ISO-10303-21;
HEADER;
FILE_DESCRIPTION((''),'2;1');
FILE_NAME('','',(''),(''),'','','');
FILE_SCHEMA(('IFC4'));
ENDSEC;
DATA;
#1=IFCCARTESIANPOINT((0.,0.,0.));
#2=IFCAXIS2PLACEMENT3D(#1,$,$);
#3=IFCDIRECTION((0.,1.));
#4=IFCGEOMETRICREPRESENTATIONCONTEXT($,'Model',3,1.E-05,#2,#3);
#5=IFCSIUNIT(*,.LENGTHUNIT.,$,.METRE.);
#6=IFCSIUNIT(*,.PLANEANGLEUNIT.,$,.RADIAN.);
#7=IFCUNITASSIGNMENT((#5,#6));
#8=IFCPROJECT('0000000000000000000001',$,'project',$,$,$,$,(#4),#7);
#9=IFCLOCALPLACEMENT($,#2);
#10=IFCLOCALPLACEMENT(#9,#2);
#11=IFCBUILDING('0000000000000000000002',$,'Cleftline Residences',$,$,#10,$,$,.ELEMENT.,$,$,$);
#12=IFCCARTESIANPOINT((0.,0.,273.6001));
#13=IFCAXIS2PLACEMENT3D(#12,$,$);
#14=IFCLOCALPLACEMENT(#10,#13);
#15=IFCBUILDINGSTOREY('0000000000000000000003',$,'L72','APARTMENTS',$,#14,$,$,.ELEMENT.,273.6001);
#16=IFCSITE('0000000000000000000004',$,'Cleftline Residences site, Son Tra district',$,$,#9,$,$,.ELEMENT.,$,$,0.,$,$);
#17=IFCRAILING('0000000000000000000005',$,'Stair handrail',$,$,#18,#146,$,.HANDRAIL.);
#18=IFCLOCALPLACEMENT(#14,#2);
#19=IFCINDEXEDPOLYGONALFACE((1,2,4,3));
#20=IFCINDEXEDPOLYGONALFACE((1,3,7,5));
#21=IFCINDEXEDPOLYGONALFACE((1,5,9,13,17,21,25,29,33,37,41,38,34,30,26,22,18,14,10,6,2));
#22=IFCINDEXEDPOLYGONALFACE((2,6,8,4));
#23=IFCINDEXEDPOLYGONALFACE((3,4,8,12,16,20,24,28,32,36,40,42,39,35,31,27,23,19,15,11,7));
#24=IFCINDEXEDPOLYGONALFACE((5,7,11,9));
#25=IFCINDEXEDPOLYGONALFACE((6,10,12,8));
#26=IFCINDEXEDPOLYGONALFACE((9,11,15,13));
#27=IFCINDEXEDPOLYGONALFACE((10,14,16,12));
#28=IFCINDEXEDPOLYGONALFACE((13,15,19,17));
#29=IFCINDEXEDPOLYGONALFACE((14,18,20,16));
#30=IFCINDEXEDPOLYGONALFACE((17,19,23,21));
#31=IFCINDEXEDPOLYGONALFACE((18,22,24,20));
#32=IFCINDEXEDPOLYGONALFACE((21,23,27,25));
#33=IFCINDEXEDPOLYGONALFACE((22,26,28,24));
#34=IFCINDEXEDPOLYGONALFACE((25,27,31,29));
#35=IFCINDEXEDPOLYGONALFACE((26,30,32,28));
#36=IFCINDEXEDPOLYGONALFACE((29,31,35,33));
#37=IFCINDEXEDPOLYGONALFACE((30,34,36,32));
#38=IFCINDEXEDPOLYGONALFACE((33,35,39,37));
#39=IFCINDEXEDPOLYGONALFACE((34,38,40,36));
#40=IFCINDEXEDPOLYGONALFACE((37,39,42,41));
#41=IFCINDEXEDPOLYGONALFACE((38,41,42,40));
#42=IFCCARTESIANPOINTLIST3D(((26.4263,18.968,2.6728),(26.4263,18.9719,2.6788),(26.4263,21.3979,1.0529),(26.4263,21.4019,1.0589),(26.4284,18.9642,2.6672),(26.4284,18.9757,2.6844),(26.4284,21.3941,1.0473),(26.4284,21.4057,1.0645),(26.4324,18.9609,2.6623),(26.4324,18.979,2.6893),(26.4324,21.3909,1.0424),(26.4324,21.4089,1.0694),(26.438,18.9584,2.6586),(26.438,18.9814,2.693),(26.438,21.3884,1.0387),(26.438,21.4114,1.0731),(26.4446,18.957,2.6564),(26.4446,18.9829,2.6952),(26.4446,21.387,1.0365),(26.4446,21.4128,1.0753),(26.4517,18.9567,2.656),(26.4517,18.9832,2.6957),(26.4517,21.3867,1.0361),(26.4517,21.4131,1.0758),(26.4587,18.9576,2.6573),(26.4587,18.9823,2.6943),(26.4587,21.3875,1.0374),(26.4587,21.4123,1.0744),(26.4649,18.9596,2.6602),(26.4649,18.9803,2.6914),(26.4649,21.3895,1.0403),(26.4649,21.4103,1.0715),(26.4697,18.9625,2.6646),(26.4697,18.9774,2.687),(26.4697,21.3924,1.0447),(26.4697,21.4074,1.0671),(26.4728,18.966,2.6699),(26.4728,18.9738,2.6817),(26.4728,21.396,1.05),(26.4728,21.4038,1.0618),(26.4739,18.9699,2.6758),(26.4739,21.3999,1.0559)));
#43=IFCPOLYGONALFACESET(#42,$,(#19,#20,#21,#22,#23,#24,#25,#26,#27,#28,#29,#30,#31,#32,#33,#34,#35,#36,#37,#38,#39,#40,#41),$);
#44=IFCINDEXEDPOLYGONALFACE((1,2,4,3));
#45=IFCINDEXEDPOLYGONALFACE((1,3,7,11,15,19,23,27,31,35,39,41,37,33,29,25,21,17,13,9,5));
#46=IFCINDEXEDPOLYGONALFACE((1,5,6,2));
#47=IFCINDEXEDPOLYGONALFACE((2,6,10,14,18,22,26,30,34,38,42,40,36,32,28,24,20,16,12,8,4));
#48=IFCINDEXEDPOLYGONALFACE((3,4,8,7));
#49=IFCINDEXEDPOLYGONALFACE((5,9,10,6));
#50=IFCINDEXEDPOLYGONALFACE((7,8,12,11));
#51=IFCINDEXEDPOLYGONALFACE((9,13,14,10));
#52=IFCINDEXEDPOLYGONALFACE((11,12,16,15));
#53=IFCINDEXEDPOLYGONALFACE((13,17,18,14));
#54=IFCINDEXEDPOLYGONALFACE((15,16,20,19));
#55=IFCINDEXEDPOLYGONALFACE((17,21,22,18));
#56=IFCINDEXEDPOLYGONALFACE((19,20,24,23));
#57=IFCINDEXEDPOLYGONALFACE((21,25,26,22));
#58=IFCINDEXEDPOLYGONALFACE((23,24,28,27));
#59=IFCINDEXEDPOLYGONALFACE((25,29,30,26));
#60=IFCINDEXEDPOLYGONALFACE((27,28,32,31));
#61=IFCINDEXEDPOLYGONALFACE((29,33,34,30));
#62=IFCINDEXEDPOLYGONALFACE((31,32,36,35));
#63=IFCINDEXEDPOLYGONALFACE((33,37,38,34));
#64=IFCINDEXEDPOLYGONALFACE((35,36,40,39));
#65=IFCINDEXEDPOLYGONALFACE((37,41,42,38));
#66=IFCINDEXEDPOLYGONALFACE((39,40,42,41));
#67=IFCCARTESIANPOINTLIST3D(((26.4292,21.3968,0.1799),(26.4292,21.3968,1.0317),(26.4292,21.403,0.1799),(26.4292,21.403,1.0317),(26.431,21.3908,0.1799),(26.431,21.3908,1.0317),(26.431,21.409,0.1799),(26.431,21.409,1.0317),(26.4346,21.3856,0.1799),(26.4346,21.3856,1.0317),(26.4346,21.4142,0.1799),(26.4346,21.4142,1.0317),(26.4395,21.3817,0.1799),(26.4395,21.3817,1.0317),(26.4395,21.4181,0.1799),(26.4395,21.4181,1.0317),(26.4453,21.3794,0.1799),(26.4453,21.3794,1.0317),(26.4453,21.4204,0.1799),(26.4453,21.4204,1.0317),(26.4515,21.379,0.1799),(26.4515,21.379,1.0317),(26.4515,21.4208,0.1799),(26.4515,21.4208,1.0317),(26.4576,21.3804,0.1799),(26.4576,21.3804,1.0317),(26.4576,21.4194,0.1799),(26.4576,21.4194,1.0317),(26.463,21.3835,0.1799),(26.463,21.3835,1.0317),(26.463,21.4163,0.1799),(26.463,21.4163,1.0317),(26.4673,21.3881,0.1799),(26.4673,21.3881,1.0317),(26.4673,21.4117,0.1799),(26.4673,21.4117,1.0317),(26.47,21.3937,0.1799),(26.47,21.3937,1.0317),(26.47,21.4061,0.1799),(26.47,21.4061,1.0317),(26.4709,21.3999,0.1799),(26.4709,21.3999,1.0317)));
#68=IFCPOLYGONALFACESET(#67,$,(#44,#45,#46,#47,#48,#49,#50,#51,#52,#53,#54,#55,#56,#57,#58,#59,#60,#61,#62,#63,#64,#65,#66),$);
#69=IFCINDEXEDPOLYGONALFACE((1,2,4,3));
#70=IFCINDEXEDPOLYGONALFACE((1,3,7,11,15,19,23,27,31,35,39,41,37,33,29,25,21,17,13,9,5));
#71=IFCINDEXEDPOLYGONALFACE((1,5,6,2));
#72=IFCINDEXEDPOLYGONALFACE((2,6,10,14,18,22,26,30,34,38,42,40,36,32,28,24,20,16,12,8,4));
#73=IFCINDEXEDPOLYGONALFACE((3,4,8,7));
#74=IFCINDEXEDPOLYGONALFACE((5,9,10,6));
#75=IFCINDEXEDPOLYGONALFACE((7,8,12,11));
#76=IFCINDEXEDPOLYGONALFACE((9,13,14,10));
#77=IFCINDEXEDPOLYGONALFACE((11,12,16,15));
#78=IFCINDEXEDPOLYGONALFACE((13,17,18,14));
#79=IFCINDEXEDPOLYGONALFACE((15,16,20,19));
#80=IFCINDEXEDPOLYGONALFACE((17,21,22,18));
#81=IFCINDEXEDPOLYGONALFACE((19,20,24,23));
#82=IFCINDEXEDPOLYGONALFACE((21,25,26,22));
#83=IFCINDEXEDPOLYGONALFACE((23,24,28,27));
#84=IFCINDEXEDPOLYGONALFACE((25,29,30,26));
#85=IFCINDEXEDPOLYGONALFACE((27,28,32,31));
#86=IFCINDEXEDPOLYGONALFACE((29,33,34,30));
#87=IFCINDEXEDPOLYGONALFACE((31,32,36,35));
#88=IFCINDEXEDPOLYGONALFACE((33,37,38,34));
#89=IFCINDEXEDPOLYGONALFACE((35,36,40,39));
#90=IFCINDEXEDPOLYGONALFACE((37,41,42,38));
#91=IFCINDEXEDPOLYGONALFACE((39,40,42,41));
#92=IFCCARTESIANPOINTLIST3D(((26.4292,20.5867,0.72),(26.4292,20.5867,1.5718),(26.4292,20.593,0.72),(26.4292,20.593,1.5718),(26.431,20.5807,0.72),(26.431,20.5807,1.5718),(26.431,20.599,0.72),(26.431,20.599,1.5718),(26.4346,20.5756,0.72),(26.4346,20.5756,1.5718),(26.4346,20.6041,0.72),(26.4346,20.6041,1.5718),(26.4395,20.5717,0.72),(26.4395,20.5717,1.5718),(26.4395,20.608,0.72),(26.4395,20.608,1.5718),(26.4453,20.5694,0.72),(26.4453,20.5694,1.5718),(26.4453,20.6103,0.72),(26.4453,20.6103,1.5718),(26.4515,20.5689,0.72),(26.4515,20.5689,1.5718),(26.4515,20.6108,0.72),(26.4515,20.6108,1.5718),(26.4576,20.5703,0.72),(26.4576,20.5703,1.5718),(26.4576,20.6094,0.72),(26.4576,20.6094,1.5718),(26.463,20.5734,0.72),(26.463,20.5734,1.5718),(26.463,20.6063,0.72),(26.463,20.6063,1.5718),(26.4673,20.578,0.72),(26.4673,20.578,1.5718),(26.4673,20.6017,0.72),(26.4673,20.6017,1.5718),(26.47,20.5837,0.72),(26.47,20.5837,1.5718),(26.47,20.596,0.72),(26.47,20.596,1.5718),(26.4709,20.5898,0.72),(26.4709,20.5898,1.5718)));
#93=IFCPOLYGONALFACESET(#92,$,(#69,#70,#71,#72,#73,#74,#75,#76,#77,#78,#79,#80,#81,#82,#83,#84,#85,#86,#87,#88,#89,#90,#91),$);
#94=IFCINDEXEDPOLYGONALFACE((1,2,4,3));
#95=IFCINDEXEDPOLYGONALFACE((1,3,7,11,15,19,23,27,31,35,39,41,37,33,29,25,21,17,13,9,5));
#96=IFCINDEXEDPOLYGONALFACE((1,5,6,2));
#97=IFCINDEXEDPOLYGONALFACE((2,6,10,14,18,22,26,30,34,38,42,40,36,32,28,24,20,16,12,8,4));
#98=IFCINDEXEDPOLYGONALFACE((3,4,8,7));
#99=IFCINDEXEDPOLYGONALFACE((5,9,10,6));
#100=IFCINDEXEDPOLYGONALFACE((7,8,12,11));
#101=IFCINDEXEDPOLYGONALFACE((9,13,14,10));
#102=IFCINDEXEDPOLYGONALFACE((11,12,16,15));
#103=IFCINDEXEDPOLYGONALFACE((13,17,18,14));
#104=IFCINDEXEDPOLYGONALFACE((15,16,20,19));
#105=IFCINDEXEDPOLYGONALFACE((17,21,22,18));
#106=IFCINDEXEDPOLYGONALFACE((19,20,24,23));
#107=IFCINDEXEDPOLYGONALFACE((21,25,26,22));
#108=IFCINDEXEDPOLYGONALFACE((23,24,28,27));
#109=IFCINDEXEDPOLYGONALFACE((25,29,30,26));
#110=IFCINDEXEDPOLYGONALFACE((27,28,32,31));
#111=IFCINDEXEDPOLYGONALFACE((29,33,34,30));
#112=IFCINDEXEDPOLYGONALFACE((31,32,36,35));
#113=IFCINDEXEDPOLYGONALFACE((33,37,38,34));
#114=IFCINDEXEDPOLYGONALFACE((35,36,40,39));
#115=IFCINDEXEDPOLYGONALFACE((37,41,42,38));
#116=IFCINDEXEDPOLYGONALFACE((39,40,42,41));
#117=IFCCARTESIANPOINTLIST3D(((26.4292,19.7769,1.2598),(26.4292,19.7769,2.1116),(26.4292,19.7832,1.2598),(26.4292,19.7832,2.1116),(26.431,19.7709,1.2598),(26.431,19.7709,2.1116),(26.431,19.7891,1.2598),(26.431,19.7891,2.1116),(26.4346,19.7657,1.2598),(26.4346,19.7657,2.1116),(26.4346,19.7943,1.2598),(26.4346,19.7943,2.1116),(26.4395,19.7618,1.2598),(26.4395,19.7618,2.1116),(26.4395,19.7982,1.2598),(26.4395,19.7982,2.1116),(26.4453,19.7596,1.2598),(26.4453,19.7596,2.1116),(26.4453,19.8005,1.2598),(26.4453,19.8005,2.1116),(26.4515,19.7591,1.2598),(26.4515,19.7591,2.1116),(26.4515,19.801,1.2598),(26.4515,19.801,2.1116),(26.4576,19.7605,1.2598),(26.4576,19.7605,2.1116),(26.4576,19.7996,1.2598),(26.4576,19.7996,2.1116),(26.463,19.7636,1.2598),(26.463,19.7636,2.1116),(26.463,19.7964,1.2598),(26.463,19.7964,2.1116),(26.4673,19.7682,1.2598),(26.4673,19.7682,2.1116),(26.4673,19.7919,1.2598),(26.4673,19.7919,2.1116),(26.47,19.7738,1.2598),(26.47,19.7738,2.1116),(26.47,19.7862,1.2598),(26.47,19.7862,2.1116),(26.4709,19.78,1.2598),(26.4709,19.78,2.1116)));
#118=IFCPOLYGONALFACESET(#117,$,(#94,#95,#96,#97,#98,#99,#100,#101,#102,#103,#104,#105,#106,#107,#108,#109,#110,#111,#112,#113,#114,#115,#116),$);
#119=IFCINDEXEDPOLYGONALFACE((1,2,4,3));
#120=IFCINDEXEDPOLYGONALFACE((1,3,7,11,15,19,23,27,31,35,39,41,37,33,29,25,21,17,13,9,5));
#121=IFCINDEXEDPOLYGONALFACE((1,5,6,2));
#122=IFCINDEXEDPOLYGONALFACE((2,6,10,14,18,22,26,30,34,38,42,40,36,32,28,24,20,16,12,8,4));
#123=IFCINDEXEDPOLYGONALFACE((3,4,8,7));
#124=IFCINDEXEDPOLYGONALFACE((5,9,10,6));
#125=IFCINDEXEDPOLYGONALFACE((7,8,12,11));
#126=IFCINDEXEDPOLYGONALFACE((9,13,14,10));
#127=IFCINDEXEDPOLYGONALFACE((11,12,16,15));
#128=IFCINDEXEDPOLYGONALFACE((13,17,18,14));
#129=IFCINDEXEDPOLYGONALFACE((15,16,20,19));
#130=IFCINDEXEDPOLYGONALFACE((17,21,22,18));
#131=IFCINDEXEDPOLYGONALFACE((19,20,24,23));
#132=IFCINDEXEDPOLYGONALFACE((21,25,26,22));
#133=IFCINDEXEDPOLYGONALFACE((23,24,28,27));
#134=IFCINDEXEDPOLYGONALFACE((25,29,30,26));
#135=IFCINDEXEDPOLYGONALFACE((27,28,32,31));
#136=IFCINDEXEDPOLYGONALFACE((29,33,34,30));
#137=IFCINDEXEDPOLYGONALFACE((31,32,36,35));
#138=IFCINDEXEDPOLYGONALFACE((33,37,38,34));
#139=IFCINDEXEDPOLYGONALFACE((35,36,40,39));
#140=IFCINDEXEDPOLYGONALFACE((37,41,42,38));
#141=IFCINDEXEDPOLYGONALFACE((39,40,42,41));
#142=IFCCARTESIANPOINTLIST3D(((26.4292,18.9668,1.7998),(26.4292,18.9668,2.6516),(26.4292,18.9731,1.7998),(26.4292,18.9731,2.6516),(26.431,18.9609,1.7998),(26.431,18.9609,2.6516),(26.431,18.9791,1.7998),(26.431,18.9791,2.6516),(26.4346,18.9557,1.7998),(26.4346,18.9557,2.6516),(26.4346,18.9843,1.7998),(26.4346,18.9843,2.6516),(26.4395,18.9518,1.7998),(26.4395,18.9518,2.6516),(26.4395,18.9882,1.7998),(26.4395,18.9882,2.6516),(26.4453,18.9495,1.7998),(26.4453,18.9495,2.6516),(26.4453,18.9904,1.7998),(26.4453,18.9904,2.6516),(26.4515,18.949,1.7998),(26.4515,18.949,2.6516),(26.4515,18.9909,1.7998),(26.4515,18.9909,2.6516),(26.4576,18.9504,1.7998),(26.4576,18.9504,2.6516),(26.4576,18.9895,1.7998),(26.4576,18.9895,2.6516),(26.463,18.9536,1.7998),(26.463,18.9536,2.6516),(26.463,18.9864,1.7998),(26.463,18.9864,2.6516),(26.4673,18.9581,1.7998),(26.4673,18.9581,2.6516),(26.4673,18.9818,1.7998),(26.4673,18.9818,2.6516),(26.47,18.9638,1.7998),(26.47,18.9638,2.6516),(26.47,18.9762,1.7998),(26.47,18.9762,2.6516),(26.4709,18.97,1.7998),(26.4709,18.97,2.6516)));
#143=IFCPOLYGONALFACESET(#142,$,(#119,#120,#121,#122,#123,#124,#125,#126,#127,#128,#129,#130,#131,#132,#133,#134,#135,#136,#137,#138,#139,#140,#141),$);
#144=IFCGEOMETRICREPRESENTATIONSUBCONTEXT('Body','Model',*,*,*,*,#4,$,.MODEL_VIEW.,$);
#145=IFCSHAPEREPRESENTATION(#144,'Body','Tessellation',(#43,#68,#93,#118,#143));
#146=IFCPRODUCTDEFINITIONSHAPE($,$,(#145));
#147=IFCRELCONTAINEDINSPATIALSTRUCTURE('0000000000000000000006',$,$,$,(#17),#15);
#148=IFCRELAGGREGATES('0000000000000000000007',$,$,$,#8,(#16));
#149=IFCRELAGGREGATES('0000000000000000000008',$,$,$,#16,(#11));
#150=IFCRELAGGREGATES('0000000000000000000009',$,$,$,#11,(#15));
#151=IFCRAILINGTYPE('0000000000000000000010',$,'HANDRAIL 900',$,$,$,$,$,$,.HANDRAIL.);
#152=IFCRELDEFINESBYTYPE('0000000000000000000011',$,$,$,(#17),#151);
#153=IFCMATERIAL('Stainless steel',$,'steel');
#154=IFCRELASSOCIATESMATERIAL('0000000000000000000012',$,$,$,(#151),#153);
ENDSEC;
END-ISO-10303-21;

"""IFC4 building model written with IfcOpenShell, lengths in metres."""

from ifc_helpers import new_model, si_unit, direction, frame, origin, origin_2d, place, context, subcontext, project, spatial, circle, extrude, material, type_object, element, save


model = new_model("IFC4")

# Units and contexts
model_context = context("Model", 3, precision=1e-05, world=origin(), true_north=direction((0.0, 1.0)))
body_context = subcontext(model_context, "Body", "Model", "MODEL_VIEW")
ifc_project = project(units=[si_unit("LENGTHUNIT", "METRE"), si_unit("PLANEANGLEUNIT", "RADIAN")], contexts=[model_context])

# Site, building, storey
site_placement = place(None, origin())
site = spatial("IfcSite", under=ifc_project, at=site_placement, Name="Cleftline Residences site, Son Tra district", CompositionType="ELEMENT", RefElevation=0.0)
building_placement = place(site_placement, origin())
building = spatial("IfcBuilding", under=site, at=building_placement, Name="Cleftline Residences", CompositionType="ELEMENT")
storey_placement = place(building_placement, frame((0.0, 0.0, 273.6001)))
storey = spatial("IfcBuildingStorey", under=building, at=storey_placement, Name="L72", Description="APARTMENTS", CompositionType="ELEMENT", Elevation=273.6001)

# Railing
ifc_material_1 = material(Name="Stainless steel", Category="steel")
railing_type = type_object("IfcRailingType", Name="HANDRAIL 900", PredefinedType="HANDRAIL", material=ifc_material_1)
railing_1_placement = place(storey_placement, frame((26.45, 21.3999, 0.1799)))
element("IfcRailing", 1, at=railing_1_placement, inside=storey, type_object=railing_type, Name="Stair handrail", PredefinedType="HANDRAIL", context=body_context, shape_type="SweptSolid", body=[
    extrude(circle(Radius=0.0239, at=origin_2d()), frame((0.0, 0.0, 0.876), z_axis=(0.0, -0.832063, 0.554681), x_axis=(1.0, 0.0, 0.0)), (0.0, 0.0, 1.0), 2.9204),
    extrude(circle(Radius=0.021, at=origin_2d()), origin(), (0.0, 0.0, 1.0), 0.8518),
    extrude(circle(Radius=0.021, at=origin_2d()), frame((0.0, -0.8101, 0.54)), (0.0, 0.0, 1.0), 0.8518),
    extrude(circle(Radius=0.021, at=origin_2d()), frame((0.0, -1.6199, 1.0798)), (0.0, 0.0, 1.0), 0.8518),
    extrude(circle(Radius=0.021, at=origin_2d()), frame((0.0, -2.4299, 1.6199)), (0.0, 0.0, 1.0), 0.8518),
])

save(model, "model.ifc")
